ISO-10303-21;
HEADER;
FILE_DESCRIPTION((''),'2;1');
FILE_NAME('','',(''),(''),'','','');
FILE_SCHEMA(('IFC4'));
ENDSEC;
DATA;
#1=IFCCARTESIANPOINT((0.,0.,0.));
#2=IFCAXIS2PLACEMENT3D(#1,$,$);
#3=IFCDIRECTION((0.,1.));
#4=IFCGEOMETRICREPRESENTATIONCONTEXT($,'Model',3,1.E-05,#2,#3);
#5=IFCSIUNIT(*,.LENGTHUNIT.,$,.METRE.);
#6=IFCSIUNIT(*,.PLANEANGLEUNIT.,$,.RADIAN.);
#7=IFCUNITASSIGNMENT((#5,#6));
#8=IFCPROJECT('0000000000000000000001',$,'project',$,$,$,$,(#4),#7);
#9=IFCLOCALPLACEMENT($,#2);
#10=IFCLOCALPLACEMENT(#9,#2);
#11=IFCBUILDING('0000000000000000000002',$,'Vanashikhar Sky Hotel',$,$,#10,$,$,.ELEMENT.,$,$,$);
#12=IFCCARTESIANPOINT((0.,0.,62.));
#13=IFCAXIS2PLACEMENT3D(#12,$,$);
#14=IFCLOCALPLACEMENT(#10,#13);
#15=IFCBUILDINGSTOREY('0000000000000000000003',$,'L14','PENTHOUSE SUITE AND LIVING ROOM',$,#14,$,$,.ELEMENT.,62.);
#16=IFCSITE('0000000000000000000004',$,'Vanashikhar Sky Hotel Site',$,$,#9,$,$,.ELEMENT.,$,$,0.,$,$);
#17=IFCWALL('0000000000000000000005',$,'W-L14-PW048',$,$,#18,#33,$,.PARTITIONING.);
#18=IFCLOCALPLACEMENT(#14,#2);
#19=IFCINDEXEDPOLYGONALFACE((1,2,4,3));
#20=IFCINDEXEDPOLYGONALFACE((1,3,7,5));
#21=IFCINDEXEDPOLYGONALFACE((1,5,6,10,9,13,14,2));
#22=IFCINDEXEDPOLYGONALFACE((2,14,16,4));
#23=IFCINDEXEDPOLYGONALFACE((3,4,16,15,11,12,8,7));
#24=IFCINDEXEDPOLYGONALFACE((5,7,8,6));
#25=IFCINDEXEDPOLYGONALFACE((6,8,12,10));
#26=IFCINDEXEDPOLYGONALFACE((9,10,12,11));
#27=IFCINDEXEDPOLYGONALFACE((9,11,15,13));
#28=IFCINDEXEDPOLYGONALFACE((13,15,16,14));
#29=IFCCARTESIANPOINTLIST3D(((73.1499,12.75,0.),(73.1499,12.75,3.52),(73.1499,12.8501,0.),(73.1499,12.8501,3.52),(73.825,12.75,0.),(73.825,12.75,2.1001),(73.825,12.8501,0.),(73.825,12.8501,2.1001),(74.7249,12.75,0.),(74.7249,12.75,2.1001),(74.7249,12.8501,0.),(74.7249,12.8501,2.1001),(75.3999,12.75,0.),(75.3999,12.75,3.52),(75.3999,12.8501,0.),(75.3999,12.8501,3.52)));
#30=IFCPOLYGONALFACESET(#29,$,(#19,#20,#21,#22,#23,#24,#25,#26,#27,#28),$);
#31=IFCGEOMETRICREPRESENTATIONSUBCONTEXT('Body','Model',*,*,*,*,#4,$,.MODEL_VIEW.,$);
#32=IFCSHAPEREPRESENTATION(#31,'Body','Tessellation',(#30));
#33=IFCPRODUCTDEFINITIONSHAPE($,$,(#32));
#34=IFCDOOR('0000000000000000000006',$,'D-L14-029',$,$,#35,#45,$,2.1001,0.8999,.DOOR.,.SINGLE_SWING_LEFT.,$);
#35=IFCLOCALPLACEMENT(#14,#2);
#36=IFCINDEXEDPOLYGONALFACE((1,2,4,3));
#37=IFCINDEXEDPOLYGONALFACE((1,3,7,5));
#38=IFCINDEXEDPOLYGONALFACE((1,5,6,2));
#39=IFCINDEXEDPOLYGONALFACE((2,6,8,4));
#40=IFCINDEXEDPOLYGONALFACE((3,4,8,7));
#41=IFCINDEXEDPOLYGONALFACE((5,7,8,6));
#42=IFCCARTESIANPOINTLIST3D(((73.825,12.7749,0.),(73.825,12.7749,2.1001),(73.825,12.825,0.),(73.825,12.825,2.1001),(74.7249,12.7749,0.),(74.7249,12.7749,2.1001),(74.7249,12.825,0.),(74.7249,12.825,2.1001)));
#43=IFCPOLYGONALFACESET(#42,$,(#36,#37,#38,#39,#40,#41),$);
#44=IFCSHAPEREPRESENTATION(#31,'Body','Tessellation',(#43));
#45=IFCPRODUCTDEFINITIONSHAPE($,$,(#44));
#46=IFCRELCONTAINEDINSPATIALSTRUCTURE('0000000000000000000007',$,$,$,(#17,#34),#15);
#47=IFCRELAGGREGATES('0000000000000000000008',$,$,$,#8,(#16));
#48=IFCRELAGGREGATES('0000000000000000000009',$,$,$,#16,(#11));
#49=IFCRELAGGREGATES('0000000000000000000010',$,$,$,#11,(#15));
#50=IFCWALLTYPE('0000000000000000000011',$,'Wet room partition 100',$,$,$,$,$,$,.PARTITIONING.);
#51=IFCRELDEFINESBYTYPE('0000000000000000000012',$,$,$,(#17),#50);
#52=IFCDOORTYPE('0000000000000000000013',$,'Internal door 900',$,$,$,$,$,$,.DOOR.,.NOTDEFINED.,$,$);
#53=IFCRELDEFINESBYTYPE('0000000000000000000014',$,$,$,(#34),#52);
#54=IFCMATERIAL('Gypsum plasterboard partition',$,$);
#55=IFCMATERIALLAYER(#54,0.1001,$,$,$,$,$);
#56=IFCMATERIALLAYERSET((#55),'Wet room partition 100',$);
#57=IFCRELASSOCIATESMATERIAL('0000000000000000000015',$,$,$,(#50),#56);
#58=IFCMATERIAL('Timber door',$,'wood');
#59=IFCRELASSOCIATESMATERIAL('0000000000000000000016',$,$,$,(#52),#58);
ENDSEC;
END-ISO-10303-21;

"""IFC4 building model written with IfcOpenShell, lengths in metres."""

from ifc_helpers import new_model, si_unit, direction, frame, frame_2d, origin, place, context, subcontext, project, spatial, rectangle, extrude, source, transform, mapped, material, layer, layer_set, type_object, element, fill, save


model = new_model("IFC4")

# Units and contexts
model_context = context("Model", 3, precision=1e-05, world=origin(), true_north=direction((0.0, 1.0)))
body_context = subcontext(model_context, "Body", "Model", "MODEL_VIEW")
ifc_project = project(units=[si_unit("LENGTHUNIT", "METRE"), si_unit("PLANEANGLEUNIT", "RADIAN")], contexts=[model_context])

# Site, building, storey
site_placement = place(None, origin())
site = spatial("IfcSite", under=ifc_project, at=site_placement, Name="Vanashikhar Sky Hotel Site", CompositionType="ELEMENT", RefElevation=0.0)
building_placement = place(site_placement, origin())
building = spatial("IfcBuilding", under=site, at=building_placement, Name="Vanashikhar Sky Hotel", CompositionType="ELEMENT")
storey_placement = place(building_placement, frame((0.0, 0.0, 62.0)))
storey = spatial("IfcBuildingStorey", under=building, at=storey_placement, Name="L14", Description="PENTHOUSE SUITE AND LIVING ROOM", CompositionType="ELEMENT", Elevation=62.0)

# Shared definitions
ifc_material_1 = material(Name="Gypsum plasterboard partition")
ifc_layer_1 = layer(ifc_material_1, 0.1001)
ifc_layer_set_1 = layer_set([ifc_layer_1], Name="Wet room partition 100")
wall_type_1 = type_object("IfcWallType", Name="Wet room partition 100", PredefinedType="PARTITIONING", material=ifc_layer_set_1)
shared_shape_1 = source(origin(), body_context, "Body", "SweptSolid", [
    extrude(rectangle(XDim=0.8999, YDim=2.1001, at=frame_2d((0.45, 1.05))), frame((0.0, 0.0601, 0.0), z_axis=(0.0, -1.0, 0.0), x_axis=(1.0, 0.0, 0.0)), (0.0, 0.0, 1.0), 0.1201),
])
ifc_material_2 = material(Name="Timber door", Category="wood")
door_type_1 = type_object("IfcDoorType", Name="Internal door 900", OperationType="NOTDEFINED", PredefinedType="DOOR", material=ifc_material_2)
shared_shape_2 = source(origin(), body_context, "Body", "SweptSolid", [
    extrude(rectangle(XDim=0.8999, YDim=2.1001, at=frame_2d((0.45, 1.05))), frame((0.0, 0.0249, 0.0), z_axis=(0.0, -1.0, 0.0), x_axis=(1.0, 0.0, 0.0)), (0.0, 0.0, 1.0), 0.05),
])

# Wall, opening, door
shared_shape_3 = source(origin(), body_context, "Body", "SweptSolid", [
    extrude(rectangle(XDim=2.25, YDim=0.1001, at=frame_2d((1.125, 0.0))), origin(), (0.0, 0.0, 1.0), 3.52),
])
wall_1_placement = place(storey_placement, frame((73.1499, 12.8, 0.0), z_axis=(0.0, 0.0, 1.0), x_axis=(1.0, 0.0, 0.0)))
wall_1 = element("IfcWall", 1, at=wall_1_placement, inside=storey, type_object=wall_type_1, Name="W-L14-PW048", PredefinedType="PARTITIONING", context=body_context, shape_type="MappedRepresentation", body=[
    mapped(shared_shape_3, transform((0.0, 0.0, 0.0), scale=1.0)),
])
opening_1_placement = place(wall_1_placement, frame((0.675, 0.0, 0.0)))
opening_1 = element("IfcOpeningElement", 2, at=opening_1_placement, cuts=wall_1, PredefinedType="OPENING", context=body_context, shape_type="MappedRepresentation", body=[
    mapped(shared_shape_1, transform((0.0, 0.0, 0.0), scale=1.0)),
])
door_1_placement = place(opening_1_placement, origin())
door_1 = element("IfcDoor", 3, at=door_1_placement, inside=storey, type_object=door_type_1, Name="D-L14-029", OperationType="SINGLE_SWING_LEFT", OverallHeight=2.1001, OverallWidth=0.8999, PredefinedType="DOOR", context=body_context, shape_type="MappedRepresentation", body=[
    mapped(shared_shape_2, transform((0.0, 0.0, 0.0), scale=1.0)),
])
fill(opening_1, door_1)

save(model, "model.ifc")
